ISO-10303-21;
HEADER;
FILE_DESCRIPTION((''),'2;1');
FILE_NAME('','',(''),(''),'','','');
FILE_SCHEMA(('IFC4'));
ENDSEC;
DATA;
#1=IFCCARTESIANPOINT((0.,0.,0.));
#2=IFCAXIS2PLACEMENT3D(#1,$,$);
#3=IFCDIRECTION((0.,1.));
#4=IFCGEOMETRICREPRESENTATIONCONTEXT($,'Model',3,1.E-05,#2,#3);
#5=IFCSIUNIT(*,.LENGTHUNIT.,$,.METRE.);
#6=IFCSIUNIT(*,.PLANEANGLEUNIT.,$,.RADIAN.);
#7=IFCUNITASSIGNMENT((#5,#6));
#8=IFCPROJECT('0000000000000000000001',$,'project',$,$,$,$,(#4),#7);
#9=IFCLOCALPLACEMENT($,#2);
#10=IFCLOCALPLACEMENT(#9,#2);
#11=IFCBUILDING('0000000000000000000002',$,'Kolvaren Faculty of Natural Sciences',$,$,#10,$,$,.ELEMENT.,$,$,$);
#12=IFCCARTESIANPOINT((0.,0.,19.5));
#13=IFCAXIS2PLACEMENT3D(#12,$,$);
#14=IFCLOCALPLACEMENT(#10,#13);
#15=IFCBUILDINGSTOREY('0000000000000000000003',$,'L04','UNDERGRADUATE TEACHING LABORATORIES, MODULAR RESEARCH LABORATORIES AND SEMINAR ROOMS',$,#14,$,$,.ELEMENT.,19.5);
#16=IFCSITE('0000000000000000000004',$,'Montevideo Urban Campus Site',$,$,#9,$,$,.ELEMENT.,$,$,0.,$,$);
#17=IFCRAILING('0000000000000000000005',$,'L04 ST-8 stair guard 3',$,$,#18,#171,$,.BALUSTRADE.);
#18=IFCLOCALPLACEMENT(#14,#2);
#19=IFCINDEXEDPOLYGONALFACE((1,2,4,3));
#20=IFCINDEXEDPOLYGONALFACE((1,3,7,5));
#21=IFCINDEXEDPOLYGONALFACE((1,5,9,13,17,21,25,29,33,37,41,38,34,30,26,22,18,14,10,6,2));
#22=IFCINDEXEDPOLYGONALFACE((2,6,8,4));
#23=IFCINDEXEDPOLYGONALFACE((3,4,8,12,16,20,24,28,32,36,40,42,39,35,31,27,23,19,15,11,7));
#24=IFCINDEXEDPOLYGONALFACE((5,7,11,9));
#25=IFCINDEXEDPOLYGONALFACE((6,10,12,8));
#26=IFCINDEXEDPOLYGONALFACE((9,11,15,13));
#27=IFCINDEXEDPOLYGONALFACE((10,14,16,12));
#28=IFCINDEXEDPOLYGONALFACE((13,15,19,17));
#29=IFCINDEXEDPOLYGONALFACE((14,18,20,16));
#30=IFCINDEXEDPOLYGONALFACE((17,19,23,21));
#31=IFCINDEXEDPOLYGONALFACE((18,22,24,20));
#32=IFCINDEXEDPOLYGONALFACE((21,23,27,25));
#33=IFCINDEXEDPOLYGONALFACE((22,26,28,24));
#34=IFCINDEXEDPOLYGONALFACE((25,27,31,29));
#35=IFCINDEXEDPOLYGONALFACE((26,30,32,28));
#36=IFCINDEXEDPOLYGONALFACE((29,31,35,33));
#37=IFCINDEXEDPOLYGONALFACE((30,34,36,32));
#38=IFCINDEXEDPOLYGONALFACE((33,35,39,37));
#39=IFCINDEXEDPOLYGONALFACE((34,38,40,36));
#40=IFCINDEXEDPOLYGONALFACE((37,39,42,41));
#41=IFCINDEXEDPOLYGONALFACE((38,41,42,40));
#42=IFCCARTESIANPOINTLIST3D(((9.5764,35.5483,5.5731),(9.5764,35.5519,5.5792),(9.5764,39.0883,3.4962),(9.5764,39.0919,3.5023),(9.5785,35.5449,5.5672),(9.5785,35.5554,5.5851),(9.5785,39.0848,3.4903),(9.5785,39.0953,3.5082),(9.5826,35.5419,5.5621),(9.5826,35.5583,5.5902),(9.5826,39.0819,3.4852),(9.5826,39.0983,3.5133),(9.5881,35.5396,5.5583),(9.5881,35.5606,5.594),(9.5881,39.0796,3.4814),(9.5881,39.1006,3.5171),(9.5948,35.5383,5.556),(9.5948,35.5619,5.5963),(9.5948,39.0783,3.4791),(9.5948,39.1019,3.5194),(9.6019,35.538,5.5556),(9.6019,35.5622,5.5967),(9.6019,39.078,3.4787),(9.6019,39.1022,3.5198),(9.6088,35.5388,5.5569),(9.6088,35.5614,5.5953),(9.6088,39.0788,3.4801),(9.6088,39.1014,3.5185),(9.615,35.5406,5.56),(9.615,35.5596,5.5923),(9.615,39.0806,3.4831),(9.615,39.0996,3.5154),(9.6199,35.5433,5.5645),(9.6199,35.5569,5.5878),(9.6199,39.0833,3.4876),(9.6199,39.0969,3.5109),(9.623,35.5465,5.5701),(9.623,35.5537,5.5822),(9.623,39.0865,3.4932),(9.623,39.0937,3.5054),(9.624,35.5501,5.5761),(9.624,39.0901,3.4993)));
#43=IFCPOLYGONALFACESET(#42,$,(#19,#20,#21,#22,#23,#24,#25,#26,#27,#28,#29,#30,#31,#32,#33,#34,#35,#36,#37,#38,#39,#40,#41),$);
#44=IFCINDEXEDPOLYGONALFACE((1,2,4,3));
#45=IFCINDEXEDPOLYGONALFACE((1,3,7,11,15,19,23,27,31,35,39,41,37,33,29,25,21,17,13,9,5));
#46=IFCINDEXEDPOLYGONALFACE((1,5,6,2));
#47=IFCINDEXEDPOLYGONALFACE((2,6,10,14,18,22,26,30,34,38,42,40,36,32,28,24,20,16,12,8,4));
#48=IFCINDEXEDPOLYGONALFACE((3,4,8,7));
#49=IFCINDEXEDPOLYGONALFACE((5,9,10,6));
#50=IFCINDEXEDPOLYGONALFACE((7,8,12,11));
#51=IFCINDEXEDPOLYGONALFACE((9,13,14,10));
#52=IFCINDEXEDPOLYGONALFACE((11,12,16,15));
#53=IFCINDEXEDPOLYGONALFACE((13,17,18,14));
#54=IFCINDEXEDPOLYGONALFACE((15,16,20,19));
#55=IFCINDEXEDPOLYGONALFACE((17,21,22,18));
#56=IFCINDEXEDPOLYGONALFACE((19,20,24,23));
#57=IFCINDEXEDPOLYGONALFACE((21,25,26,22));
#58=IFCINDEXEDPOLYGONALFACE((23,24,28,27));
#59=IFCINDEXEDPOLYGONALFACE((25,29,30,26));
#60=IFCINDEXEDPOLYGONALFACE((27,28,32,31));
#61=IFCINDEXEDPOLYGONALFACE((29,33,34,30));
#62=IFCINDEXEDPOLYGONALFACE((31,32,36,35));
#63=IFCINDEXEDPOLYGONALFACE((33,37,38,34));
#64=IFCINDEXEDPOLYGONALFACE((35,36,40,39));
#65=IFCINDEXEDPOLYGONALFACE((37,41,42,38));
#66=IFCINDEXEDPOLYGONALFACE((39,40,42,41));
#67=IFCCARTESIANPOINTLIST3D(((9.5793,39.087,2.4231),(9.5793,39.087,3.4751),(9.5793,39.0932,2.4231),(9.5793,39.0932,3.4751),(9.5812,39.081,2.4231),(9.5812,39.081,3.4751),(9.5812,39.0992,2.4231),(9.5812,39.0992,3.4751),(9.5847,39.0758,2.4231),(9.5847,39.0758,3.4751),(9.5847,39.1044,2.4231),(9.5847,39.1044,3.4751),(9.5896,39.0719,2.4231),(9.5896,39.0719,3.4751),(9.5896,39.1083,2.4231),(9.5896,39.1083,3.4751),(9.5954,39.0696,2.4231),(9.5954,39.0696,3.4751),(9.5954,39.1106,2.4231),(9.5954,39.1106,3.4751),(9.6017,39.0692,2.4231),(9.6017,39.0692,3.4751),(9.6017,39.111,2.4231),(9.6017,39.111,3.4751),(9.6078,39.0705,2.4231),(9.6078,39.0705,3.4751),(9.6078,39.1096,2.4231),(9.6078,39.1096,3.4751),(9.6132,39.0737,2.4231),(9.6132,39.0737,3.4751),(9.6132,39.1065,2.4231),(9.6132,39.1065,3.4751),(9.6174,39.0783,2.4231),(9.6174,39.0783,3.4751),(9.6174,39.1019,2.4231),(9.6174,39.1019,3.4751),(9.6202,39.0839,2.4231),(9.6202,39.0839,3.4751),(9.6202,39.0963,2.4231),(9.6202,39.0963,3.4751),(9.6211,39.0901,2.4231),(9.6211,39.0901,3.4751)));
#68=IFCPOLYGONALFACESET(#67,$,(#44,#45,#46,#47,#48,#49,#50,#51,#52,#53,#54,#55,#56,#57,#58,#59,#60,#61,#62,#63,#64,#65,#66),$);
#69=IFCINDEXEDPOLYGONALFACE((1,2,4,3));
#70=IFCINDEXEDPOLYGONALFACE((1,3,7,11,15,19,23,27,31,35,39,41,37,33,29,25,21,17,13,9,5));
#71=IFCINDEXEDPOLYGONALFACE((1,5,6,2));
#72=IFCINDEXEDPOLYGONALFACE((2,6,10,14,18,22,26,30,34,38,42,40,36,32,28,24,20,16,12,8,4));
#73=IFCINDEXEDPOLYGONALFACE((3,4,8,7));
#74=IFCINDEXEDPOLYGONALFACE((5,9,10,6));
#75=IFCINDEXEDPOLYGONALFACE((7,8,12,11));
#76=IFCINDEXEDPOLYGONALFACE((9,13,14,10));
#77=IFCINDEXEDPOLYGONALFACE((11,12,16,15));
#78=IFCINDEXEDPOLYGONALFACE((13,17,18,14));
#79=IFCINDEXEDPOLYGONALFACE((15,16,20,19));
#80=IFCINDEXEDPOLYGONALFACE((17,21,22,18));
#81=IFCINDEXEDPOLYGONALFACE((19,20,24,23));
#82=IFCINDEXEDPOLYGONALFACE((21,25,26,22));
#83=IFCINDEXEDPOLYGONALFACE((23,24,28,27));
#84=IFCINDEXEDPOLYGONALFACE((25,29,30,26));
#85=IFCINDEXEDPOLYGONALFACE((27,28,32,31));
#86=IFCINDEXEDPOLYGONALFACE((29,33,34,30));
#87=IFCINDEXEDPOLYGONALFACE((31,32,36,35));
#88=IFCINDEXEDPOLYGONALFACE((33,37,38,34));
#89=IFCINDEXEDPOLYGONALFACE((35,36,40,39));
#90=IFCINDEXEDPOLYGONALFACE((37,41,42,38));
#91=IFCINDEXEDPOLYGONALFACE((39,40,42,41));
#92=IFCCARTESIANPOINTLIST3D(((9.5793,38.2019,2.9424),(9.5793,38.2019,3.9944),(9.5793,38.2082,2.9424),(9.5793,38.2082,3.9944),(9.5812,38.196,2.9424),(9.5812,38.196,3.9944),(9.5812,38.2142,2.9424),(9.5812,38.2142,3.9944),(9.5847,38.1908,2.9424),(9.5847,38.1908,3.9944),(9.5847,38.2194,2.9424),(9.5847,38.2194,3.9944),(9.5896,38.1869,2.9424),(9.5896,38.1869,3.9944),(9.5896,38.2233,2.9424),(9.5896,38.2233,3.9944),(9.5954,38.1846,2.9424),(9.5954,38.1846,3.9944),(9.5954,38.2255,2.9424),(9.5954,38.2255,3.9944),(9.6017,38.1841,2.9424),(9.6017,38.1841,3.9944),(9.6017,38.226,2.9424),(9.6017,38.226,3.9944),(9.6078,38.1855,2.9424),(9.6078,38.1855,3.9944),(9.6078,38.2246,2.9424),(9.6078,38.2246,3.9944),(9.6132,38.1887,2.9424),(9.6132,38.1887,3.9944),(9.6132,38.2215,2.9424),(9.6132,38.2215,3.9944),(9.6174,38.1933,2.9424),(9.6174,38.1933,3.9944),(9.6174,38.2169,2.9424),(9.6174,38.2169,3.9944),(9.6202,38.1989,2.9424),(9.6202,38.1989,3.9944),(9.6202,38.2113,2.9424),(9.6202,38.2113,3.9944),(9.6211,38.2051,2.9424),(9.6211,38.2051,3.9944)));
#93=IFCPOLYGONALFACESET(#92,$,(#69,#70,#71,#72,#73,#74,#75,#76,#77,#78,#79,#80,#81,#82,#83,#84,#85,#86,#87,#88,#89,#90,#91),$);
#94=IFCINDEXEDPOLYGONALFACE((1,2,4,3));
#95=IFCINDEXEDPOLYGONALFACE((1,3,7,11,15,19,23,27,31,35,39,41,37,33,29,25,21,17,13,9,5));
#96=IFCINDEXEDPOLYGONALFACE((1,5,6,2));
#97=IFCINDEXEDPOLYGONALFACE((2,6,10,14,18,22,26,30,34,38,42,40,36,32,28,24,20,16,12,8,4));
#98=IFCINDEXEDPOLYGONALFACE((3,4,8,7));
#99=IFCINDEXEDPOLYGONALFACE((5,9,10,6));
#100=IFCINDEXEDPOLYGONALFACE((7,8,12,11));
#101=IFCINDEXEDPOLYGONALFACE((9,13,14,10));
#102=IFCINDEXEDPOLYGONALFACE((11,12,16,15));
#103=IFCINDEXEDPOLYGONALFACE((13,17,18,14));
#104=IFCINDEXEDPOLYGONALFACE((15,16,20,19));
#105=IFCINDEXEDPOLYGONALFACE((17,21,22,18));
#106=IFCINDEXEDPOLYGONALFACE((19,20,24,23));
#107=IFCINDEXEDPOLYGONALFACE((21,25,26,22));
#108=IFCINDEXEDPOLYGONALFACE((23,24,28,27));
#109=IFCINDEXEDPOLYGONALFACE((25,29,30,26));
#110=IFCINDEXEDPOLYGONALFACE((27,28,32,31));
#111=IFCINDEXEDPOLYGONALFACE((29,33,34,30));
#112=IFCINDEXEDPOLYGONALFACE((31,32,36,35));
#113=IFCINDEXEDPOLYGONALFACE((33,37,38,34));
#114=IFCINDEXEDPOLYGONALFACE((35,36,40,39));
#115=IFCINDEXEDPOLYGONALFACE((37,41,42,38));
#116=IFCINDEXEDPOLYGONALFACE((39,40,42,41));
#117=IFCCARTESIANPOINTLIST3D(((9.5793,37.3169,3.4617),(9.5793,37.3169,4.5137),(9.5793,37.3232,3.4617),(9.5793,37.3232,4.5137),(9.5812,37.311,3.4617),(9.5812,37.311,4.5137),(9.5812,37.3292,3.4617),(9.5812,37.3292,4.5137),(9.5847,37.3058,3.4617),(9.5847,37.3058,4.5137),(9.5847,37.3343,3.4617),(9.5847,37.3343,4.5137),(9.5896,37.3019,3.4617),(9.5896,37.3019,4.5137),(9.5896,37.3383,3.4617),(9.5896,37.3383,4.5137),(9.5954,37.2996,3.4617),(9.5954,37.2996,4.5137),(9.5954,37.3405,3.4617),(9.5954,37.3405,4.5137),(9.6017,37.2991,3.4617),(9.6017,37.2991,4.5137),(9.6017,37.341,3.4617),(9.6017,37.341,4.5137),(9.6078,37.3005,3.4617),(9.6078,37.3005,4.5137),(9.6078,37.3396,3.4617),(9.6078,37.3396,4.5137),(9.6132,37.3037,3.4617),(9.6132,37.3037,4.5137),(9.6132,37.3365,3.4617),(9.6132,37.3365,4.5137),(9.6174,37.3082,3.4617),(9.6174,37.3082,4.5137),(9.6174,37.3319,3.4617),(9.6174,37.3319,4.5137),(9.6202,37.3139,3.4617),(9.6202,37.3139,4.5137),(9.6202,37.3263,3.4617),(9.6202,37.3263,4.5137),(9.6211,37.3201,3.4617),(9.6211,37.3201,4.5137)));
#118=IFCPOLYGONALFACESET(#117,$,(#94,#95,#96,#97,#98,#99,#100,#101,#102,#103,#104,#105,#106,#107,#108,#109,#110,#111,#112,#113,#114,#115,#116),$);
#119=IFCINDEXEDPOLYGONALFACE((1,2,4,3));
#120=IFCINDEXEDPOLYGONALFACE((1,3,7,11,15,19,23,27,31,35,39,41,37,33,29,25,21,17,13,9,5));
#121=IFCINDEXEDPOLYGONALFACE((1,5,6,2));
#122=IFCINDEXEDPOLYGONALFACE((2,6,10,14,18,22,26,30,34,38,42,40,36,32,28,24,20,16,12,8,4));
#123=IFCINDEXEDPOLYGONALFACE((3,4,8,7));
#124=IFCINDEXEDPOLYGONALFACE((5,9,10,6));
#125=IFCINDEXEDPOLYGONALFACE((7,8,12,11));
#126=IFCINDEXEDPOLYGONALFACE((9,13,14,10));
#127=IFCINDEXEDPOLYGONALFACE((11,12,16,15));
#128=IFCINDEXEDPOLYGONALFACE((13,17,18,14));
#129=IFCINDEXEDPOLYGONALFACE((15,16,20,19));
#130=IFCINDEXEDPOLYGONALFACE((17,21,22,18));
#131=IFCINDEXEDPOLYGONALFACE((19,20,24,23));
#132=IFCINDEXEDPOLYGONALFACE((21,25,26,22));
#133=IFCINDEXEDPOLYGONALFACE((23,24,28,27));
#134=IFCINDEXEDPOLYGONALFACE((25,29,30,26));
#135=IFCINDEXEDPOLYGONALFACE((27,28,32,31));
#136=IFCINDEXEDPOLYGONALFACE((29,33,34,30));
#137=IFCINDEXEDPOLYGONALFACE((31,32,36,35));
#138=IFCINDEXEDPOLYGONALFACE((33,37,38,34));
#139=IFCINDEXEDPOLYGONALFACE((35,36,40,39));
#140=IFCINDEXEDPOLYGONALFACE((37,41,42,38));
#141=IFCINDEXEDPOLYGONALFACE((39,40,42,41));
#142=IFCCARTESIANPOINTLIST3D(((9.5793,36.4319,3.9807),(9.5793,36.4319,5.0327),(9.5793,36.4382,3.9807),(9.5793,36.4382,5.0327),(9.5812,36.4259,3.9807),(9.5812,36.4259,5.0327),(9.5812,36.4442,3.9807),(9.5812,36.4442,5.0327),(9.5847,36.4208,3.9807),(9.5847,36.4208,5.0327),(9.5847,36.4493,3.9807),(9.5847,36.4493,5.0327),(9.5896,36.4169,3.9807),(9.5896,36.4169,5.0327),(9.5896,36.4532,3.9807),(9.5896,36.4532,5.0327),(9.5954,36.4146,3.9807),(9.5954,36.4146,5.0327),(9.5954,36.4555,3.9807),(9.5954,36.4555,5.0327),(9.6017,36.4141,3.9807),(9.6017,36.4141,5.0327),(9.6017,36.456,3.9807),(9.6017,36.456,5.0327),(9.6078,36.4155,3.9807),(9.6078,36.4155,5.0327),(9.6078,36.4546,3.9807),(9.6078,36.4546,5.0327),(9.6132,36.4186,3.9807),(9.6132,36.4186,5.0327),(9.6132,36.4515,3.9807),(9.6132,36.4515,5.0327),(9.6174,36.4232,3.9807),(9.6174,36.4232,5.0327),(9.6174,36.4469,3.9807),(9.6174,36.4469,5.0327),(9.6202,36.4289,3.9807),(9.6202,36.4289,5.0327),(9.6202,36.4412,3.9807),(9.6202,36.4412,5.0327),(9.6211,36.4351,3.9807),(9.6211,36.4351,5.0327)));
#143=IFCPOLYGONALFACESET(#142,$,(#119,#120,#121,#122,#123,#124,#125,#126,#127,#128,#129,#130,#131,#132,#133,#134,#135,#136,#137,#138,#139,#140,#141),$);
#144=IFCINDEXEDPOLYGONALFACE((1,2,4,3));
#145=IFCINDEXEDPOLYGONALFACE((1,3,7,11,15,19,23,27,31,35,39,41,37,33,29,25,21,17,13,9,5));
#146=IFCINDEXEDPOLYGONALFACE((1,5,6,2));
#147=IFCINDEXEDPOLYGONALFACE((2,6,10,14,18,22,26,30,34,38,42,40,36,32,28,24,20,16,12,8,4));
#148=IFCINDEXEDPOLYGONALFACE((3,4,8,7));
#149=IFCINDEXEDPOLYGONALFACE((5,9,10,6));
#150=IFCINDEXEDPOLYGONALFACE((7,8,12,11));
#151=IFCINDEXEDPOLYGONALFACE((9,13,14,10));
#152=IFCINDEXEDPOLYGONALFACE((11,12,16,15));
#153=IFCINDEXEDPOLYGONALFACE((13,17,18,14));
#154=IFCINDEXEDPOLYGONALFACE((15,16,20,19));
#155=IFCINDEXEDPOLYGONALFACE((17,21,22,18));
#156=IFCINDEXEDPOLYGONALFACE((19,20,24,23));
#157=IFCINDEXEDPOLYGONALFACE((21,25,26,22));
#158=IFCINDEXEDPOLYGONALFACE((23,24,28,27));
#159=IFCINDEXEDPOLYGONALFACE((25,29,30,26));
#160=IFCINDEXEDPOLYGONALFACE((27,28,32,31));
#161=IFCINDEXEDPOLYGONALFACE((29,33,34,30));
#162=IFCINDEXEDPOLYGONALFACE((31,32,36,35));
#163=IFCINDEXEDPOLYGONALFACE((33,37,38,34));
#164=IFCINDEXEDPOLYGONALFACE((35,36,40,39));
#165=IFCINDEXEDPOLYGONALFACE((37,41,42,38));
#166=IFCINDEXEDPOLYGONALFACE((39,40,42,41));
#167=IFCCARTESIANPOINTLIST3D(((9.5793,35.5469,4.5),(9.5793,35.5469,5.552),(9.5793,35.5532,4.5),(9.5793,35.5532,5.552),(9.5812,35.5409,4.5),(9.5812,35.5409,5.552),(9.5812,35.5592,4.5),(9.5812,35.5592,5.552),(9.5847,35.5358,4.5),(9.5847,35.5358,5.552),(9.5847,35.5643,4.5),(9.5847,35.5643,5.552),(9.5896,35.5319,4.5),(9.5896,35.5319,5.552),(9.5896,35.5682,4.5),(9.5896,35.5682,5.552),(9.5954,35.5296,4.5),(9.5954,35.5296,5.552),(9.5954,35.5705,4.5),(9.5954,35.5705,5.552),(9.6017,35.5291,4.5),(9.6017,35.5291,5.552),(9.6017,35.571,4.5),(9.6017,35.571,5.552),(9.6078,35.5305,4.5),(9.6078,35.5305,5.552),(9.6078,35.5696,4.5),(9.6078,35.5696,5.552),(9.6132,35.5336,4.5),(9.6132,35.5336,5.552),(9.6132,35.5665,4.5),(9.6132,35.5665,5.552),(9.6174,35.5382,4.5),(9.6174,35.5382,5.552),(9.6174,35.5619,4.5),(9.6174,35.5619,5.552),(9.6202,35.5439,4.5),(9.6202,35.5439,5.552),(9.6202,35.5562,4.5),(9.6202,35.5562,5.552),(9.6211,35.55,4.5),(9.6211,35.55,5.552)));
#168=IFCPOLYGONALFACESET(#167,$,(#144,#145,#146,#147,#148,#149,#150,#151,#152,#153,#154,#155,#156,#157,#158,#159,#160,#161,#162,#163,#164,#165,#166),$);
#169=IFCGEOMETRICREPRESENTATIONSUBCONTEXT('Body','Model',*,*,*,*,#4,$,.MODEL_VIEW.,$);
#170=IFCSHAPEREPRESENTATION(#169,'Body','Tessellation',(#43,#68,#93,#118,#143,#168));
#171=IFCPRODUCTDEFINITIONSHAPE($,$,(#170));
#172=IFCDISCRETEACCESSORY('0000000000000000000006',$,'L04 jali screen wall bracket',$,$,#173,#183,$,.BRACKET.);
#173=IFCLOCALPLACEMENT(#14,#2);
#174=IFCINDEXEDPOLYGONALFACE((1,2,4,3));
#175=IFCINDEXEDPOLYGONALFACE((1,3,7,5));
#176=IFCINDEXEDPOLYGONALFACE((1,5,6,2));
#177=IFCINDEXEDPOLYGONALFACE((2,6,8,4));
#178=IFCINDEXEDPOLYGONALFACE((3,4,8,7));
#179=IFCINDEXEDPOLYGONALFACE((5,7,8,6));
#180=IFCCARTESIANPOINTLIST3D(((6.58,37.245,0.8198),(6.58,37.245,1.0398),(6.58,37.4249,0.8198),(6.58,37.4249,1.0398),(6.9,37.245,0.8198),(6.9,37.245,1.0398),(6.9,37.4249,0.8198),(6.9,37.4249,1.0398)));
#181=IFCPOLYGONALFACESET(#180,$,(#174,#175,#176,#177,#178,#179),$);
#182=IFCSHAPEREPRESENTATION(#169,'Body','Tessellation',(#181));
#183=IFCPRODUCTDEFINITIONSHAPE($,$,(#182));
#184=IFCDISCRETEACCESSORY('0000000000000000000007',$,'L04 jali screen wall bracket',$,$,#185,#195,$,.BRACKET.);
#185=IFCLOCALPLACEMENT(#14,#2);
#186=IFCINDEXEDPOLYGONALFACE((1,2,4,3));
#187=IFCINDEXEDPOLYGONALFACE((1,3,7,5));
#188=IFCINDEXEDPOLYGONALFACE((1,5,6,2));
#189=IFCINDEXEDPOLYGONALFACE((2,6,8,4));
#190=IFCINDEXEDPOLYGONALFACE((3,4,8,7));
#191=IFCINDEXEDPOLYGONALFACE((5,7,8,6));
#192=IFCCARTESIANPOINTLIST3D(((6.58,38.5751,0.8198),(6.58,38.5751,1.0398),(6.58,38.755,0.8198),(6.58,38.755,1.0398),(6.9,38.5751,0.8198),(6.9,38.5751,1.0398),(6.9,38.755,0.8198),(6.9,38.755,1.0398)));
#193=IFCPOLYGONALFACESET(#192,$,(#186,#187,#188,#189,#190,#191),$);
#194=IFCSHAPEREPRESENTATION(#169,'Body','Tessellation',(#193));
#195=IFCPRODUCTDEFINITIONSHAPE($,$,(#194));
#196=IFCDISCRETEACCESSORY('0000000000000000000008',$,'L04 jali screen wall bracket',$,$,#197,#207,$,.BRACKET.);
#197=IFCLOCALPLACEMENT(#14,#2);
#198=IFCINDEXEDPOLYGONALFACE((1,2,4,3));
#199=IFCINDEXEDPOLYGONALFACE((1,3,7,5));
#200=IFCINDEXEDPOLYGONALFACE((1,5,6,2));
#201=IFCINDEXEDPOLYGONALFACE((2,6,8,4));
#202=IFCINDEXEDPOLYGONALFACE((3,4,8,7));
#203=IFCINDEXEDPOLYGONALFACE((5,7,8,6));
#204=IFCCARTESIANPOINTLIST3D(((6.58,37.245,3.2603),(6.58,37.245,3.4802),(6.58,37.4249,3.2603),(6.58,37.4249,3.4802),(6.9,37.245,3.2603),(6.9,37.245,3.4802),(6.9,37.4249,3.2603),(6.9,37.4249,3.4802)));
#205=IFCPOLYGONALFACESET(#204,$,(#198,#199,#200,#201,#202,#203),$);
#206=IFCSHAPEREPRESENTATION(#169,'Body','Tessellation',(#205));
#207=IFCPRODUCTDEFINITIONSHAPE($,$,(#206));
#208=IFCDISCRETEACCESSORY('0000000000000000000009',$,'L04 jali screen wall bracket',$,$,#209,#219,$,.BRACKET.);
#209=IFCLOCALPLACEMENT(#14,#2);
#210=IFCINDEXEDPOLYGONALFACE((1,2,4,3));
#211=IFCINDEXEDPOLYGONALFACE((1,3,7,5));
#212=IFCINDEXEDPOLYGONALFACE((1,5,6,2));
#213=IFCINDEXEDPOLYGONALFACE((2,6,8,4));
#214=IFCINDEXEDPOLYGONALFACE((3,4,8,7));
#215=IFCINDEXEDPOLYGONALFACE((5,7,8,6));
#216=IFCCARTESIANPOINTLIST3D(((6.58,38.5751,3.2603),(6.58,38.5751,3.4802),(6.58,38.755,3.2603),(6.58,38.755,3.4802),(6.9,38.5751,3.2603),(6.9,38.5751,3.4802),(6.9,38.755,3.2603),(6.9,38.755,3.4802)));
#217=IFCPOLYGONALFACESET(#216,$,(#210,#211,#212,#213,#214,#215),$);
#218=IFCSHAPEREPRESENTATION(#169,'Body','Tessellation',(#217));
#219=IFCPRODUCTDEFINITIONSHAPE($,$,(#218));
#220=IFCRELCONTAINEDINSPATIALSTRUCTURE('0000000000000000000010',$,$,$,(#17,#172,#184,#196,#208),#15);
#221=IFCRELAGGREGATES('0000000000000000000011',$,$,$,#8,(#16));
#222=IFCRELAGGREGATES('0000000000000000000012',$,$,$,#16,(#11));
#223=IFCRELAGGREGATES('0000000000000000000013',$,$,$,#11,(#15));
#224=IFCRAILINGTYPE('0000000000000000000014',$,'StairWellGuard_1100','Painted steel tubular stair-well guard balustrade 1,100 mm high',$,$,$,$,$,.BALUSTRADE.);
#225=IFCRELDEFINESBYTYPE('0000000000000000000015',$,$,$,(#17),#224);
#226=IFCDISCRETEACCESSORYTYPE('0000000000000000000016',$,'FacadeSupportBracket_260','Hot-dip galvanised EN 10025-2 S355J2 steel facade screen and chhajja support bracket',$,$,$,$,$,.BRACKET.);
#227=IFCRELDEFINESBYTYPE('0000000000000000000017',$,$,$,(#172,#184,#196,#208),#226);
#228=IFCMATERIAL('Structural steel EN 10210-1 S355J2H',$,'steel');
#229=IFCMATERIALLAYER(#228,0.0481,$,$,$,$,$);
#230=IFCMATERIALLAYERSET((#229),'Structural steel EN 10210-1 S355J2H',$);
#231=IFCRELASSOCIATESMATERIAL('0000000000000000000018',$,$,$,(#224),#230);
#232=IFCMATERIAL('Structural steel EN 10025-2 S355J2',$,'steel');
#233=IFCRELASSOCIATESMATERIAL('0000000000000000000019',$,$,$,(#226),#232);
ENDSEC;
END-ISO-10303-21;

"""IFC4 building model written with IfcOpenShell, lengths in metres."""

from ifc_helpers import new_model, si_unit, direction, frame, origin, origin_2d, place, context, subcontext, project, spatial, rectangle, circle, extrude, material, layer, layer_set, type_object, element, save


model = new_model("IFC4")

# Units and contexts
model_context = context("Model", 3, precision=1e-05, world=origin(), true_north=direction((0.0, 1.0)))
body_context = subcontext(model_context, "Body", "Model", "MODEL_VIEW")
ifc_project = project(units=[si_unit("LENGTHUNIT", "METRE"), si_unit("PLANEANGLEUNIT", "RADIAN")], contexts=[model_context])

# Site, building, storey
site_placement = place(None, origin())
site = spatial("IfcSite", under=ifc_project, at=site_placement, Name="Montevideo Urban Campus Site", CompositionType="ELEMENT", RefElevation=0.0)
building_placement = place(site_placement, origin())
building = spatial("IfcBuilding", under=site, at=building_placement, Name="Kolvaren Faculty of Natural Sciences", CompositionType="ELEMENT")
storey_placement = place(building_placement, frame((0.0, 0.0, 19.5)))
storey = spatial("IfcBuildingStorey", under=building, at=storey_placement, Name="L04", Description="UNDERGRADUATE TEACHING LABORATORIES, MODULAR RESEARCH LABORATORIES AND SEMINAR ROOMS", CompositionType="ELEMENT", Elevation=19.5)

# Railing
ifc_material_1 = material(Name="Structural steel EN 10210-1 S355J2H", Category="steel")
ifc_layer_1 = layer(ifc_material_1, 0.0481)
ifc_layer_set_1 = layer_set([ifc_layer_1], Name="Structural steel EN 10210-1 S355J2H")
railing_type_1 = type_object("IfcRailingType", Name="StairWellGuard_1100", Description="Painted steel tubular stair-well guard balustrade 1,100 mm high", PredefinedType="BALUSTRADE", material=ifc_layer_set_1)
railing_1_placement = place(storey_placement, frame((9.6001, 39.0901, 2.4231)))
element("IfcRailing", 1, at=railing_1_placement, inside=storey, type_object=railing_type_1, Name="L04 ST-8 stair guard 3", PredefinedType="BALUSTRADE", context=body_context, shape_type="SweptSolid", body=[
    extrude(circle(Radius=0.0239, at=origin_2d()), frame((0.0, 0.0, 1.0762), z_axis=(0.0, -0.862516, 0.506029), x_axis=(1.0, 0.0, 0.0)), (0.0, 0.0, 1.0), 4.1042),
    extrude(circle(Radius=0.021, at=origin_2d()), origin(), (0.0, 0.0, 1.0), 1.052),
    extrude(circle(Radius=0.021, at=origin_2d()), frame((0.0, -0.885, 0.5193)), (0.0, 0.0, 1.0), 1.052),
    extrude(circle(Radius=0.021, at=origin_2d()), frame((0.0, -1.77, 1.0386)), (0.0, 0.0, 1.0), 1.052),
    extrude(circle(Radius=0.021, at=origin_2d()), frame((0.0, -2.655, 1.5576)), (0.0, 0.0, 1.0), 1.052),
    extrude(circle(Radius=0.021, at=origin_2d()), frame((0.0, -3.54, 2.0769)), (0.0, 0.0, 1.0), 1.052),
])

# Discrete accessories
ifc_material_2 = material(Name="Structural steel EN 10025-2 S355J2", Category="steel")
discrete_accessory_type = type_object("IfcDiscreteAccessoryType", Name="FacadeSupportBracket_260", Description="Hot-dip galvanised EN 10025-2 S355J2 steel facade screen and chhajja support bracket", PredefinedType="BRACKET", material=ifc_material_2)
for number, where, z_axis, x_axis, name in (
    (2, (6.74, 37.335, 0.8198), (0.0, 0.0, 1.0), (0.0, 1.0, 0.0), "L04 jali screen wall bracket"),
    (3, (6.74, 38.665, 0.8198), (0.0, 0.0, 1.0), (0.0, 1.0, 0.0), "L04 jali screen wall bracket"),
    (4, (6.74, 37.335, 3.2603), (0.0, 0.0, 1.0), (0.0, 1.0, 0.0), "L04 jali screen wall bracket"),
    (5, (6.74, 38.665, 3.2603), (0.0, 0.0, 1.0), (0.0, 1.0, 0.0), "L04 jali screen wall bracket"),
):
    element("IfcDiscreteAccessory", number, at=place(storey_placement, frame(where, z_axis=z_axis, x_axis=x_axis)), inside=storey, type_object=discrete_accessory_type, Name=name, PredefinedType="BRACKET", context=body_context, shape_type="SweptSolid", body=[
        extrude(rectangle(XDim=0.1799, YDim=0.3201, at=origin_2d()), origin(), (0.0, 0.0, 1.0), 0.22),
    ])

save(model, "model.ifc")
